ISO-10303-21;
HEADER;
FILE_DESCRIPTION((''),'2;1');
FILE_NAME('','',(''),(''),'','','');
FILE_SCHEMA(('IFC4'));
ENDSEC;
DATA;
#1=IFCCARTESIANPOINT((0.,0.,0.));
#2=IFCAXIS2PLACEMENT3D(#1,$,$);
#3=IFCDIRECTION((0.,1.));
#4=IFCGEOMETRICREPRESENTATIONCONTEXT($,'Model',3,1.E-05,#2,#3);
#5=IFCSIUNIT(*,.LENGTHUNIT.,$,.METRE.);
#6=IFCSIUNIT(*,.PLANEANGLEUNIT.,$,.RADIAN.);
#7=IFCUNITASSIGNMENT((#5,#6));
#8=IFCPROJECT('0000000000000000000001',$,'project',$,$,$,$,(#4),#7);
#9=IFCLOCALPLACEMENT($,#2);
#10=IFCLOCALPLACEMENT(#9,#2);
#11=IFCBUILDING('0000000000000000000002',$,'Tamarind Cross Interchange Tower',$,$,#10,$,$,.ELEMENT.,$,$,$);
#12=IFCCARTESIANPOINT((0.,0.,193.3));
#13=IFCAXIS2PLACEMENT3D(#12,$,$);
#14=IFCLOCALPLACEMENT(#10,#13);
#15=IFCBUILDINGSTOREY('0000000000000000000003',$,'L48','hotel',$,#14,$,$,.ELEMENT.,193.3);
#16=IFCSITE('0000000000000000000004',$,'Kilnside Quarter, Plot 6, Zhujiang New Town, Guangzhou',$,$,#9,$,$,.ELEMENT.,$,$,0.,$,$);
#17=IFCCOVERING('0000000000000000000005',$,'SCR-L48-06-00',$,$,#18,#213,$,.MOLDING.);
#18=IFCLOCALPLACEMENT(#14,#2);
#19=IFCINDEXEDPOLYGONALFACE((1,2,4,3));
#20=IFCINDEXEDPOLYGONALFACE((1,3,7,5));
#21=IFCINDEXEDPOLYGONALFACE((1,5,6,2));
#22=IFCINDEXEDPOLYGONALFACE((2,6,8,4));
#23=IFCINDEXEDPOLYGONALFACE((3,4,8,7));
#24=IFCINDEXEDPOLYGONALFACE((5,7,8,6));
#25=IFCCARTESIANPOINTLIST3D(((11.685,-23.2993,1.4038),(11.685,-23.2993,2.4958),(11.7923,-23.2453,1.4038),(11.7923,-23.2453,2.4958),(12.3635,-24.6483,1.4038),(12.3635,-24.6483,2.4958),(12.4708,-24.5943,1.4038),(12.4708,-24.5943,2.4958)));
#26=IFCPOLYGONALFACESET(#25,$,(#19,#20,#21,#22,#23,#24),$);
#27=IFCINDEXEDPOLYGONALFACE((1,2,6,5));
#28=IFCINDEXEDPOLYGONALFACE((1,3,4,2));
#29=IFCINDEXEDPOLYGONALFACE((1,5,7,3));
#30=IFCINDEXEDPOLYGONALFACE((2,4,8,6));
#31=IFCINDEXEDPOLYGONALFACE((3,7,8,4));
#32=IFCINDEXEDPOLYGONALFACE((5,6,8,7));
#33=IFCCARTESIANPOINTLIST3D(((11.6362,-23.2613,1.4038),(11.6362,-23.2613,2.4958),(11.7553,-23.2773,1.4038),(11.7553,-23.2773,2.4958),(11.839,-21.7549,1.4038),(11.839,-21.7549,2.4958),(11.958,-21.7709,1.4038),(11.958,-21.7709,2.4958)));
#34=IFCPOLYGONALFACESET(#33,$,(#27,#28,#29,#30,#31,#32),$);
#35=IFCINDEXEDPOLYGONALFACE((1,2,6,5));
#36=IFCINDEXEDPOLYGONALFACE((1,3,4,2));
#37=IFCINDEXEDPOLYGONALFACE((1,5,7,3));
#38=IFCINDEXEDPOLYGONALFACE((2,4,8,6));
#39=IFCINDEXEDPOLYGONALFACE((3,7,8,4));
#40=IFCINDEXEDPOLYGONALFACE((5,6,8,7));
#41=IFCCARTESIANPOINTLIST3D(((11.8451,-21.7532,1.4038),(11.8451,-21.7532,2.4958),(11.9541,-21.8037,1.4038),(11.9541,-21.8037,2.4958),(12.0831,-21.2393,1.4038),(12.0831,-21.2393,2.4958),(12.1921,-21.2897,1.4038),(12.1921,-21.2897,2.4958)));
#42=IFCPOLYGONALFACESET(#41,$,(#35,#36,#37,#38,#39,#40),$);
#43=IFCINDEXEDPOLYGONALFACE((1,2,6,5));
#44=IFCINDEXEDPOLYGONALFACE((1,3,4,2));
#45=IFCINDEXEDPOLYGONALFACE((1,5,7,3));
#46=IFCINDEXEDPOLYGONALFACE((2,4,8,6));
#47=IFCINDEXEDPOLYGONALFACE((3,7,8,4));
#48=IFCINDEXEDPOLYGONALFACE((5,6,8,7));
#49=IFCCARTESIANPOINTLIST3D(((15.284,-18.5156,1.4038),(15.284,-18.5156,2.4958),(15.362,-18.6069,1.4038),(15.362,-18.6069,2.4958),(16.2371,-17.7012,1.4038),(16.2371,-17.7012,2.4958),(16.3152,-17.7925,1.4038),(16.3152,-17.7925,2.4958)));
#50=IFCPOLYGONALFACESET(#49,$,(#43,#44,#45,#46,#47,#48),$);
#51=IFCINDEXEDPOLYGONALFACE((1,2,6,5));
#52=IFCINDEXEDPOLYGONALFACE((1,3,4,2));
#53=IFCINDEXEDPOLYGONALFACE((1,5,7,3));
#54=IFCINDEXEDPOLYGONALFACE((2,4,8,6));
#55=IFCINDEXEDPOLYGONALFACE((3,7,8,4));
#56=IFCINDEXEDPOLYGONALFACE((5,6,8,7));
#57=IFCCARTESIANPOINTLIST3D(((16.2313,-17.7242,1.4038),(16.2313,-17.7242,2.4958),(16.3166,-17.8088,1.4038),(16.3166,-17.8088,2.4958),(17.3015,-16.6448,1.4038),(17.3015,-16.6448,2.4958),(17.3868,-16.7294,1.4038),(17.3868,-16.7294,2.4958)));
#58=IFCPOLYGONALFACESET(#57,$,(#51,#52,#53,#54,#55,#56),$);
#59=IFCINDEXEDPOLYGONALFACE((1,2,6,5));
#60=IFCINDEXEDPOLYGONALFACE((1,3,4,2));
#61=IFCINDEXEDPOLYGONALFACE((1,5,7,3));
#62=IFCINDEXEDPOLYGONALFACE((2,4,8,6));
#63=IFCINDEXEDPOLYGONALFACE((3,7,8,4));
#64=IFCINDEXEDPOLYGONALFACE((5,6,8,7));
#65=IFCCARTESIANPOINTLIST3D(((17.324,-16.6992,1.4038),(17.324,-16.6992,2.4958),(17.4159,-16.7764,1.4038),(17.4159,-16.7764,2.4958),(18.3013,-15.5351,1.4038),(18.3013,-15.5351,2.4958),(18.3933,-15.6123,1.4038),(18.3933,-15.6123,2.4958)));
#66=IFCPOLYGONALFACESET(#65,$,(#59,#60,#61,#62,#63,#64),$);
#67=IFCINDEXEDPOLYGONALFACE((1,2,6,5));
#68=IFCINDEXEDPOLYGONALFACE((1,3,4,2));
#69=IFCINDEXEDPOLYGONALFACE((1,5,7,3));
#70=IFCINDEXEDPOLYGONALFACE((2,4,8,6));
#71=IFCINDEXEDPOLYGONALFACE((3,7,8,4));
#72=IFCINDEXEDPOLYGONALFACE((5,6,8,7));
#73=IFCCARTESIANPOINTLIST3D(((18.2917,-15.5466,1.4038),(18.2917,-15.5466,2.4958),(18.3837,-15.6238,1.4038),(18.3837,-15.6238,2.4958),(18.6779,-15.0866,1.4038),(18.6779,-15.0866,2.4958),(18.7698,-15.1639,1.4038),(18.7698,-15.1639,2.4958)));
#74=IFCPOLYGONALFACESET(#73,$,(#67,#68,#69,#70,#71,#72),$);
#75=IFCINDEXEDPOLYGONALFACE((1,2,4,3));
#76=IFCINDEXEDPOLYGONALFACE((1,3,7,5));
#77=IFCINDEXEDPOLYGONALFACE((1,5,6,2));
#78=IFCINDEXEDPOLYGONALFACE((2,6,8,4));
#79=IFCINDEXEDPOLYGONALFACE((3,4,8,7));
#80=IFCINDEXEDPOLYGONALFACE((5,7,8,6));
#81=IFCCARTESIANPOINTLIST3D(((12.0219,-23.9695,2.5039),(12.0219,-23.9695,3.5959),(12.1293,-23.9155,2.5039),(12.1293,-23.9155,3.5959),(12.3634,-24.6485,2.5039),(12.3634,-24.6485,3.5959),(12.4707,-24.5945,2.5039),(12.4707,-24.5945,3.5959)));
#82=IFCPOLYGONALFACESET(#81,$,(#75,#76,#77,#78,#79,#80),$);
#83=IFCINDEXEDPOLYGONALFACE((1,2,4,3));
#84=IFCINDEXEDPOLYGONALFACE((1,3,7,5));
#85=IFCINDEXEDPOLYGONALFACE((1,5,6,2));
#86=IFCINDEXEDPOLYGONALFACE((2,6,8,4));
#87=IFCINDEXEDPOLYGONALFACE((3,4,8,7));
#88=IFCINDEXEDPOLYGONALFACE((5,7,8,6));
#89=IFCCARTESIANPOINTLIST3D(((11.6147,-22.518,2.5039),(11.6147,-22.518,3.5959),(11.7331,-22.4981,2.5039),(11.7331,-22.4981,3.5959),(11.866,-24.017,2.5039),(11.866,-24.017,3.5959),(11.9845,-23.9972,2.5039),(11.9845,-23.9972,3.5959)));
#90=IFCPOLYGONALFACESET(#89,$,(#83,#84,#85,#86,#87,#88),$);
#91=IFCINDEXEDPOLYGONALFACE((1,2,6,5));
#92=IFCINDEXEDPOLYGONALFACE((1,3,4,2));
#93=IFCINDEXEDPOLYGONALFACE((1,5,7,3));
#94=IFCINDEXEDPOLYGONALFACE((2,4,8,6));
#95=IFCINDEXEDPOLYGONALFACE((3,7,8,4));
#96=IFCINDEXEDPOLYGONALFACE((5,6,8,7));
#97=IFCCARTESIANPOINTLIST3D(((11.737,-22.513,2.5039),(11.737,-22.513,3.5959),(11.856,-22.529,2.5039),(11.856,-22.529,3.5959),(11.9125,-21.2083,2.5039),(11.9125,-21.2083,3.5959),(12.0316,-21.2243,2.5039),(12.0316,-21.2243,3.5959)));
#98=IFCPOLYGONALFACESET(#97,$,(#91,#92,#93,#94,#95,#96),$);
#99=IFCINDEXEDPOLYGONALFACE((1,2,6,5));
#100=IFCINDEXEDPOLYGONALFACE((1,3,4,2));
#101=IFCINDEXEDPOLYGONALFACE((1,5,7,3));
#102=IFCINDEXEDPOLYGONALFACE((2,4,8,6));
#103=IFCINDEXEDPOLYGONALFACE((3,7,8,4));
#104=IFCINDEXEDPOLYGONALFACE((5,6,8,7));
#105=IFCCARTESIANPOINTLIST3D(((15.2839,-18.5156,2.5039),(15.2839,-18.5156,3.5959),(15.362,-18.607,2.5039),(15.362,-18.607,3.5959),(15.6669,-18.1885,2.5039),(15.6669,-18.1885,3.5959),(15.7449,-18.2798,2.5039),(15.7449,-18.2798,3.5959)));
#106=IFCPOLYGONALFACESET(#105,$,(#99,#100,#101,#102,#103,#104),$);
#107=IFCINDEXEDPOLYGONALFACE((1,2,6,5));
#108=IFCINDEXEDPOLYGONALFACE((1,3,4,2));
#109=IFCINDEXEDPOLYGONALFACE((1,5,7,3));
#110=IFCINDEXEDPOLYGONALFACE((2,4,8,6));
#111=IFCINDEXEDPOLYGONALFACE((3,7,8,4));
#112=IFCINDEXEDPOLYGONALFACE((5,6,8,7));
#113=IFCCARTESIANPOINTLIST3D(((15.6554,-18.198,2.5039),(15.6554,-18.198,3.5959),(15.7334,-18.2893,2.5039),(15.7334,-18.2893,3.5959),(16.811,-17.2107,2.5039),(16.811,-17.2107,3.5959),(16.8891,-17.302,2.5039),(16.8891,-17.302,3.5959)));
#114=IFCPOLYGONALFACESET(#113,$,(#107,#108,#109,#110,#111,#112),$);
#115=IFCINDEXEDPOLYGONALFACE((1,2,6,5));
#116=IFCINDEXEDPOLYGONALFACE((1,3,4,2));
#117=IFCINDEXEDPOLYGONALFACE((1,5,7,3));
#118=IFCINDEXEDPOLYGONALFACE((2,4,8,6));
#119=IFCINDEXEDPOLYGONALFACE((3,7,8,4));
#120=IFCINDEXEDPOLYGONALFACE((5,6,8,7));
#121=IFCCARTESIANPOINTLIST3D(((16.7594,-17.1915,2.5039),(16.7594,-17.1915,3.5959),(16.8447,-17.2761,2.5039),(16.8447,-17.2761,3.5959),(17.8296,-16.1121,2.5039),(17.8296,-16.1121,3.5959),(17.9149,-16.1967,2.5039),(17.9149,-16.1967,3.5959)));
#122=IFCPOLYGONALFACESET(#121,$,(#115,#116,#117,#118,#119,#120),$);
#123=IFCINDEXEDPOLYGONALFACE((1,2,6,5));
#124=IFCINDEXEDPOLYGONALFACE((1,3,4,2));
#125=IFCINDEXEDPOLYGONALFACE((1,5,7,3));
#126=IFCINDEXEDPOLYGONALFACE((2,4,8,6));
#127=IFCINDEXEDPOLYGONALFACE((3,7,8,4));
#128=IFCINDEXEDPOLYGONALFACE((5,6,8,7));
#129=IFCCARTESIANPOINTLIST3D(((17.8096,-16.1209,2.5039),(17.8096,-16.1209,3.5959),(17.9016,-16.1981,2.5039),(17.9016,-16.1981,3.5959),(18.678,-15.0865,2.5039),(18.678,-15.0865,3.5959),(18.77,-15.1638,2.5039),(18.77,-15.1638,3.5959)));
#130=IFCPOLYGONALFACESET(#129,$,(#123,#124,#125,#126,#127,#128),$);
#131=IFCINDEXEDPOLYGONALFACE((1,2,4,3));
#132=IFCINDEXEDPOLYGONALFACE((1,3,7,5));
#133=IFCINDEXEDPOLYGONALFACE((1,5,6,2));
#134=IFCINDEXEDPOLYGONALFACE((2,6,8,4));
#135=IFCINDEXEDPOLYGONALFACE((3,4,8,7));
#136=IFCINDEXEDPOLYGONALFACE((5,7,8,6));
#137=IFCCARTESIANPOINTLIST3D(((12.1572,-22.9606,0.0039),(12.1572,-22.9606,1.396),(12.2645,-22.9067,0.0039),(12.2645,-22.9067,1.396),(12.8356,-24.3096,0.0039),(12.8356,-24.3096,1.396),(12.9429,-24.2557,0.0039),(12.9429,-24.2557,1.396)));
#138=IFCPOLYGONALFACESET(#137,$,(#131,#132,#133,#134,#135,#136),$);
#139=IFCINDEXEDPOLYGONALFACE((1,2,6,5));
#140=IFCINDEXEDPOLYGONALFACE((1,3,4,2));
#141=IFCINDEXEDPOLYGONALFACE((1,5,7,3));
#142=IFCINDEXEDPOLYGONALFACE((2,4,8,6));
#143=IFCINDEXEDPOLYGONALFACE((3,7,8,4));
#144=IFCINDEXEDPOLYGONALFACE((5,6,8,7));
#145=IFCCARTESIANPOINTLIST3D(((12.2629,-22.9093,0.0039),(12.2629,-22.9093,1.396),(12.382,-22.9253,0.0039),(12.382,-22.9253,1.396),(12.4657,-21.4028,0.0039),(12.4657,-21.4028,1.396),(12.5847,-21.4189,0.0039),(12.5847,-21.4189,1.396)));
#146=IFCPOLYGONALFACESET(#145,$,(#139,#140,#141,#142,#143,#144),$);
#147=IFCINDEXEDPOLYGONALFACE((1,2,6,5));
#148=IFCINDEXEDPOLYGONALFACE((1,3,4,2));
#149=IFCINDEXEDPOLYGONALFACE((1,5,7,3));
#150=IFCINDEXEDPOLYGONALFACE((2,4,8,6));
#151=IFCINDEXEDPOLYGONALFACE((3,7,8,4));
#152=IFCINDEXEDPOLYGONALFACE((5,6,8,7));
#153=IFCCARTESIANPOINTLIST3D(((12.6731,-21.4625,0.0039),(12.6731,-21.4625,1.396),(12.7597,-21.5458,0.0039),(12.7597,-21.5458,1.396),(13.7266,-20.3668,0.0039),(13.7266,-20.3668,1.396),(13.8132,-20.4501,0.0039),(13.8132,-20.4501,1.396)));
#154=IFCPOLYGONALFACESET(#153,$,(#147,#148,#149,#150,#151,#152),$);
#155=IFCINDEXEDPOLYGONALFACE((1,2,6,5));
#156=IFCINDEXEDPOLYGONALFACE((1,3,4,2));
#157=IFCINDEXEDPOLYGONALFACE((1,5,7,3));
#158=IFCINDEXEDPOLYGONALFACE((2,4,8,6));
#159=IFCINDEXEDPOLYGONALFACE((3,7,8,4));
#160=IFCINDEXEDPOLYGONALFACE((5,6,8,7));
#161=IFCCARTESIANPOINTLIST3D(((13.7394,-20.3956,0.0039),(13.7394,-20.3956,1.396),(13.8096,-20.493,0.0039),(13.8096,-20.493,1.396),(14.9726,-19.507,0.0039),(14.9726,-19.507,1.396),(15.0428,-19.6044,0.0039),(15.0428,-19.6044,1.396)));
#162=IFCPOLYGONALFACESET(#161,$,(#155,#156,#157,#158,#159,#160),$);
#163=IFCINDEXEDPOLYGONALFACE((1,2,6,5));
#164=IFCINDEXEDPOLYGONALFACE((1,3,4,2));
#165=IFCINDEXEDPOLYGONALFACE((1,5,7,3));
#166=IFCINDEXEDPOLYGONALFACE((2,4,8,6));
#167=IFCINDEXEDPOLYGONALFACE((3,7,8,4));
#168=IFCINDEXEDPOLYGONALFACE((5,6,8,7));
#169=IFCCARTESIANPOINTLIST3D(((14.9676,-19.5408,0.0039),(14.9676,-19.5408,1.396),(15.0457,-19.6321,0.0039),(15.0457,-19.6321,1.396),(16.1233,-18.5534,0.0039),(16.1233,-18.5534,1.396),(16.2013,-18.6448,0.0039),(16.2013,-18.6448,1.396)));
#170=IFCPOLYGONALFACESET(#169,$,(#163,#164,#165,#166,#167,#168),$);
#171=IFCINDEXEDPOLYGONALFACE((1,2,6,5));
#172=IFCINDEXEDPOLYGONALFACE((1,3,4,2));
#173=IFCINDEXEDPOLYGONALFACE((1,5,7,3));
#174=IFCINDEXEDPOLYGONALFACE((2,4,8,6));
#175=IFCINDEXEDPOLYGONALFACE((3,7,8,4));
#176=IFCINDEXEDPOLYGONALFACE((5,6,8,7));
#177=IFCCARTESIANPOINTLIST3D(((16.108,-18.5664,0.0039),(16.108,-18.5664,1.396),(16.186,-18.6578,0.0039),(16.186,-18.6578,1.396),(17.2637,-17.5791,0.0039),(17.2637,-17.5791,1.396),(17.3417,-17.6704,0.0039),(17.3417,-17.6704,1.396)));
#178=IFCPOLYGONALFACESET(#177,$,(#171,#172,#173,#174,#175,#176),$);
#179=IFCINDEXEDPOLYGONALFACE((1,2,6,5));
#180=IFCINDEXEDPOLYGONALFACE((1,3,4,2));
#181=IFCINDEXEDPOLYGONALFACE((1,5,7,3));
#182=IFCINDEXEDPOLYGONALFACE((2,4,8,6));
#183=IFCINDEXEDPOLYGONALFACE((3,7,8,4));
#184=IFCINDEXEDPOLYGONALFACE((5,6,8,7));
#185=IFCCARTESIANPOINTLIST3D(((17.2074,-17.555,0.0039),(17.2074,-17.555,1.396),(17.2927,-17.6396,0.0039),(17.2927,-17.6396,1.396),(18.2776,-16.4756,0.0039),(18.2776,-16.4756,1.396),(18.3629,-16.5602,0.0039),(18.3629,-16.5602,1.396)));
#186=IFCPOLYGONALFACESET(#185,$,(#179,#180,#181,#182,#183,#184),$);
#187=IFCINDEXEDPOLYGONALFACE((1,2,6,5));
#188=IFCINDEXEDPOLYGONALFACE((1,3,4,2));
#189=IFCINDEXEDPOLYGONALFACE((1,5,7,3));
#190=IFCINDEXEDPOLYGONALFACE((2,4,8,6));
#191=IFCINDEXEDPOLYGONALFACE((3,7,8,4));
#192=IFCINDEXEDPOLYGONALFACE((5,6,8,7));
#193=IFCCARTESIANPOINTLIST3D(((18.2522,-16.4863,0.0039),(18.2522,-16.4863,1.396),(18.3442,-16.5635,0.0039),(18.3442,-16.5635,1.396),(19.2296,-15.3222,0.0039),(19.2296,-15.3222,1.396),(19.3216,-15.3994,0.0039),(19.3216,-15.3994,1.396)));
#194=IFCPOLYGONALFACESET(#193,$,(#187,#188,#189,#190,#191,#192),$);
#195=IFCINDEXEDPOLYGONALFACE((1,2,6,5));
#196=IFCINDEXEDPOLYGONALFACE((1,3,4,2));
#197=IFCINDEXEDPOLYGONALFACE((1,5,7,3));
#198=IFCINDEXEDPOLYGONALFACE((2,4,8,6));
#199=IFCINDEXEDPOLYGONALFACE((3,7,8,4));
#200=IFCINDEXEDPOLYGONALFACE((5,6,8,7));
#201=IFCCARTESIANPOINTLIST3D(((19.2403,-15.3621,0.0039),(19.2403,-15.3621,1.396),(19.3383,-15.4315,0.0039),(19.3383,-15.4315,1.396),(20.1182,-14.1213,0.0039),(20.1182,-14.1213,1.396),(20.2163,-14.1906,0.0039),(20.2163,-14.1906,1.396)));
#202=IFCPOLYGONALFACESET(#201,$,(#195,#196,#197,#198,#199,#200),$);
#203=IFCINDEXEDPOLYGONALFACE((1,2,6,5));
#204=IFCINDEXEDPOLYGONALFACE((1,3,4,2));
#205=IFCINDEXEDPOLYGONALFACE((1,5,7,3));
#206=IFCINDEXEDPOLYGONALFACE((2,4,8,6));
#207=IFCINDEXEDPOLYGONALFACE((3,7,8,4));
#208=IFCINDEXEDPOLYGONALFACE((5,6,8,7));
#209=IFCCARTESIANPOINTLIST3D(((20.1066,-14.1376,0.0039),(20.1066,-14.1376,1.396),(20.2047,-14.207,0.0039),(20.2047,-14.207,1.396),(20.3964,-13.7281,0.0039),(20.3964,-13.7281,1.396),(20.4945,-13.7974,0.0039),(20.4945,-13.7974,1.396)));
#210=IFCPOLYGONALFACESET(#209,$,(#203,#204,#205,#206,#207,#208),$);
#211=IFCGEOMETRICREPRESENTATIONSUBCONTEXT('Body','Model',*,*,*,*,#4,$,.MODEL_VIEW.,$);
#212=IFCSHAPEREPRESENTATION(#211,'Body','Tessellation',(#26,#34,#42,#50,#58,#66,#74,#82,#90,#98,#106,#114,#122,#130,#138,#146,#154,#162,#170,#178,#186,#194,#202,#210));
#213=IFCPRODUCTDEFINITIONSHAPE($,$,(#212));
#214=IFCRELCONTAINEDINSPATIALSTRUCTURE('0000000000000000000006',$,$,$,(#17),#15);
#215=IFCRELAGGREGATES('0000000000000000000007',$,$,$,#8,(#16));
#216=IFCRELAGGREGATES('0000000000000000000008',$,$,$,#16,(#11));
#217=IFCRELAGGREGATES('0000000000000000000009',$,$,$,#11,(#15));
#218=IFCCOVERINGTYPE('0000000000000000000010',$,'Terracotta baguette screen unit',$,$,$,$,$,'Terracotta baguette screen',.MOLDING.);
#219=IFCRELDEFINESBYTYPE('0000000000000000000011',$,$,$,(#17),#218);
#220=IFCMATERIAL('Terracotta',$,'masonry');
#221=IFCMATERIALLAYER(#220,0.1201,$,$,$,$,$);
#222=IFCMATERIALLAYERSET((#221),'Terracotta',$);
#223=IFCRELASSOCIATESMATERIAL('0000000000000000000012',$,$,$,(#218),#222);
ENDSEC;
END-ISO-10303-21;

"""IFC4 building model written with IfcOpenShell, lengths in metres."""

from ifc_helpers import new_model, si_unit, direction, frame, origin, origin_2d, place, context, subcontext, project, spatial, rectangle, extrude, material, layer, layer_set, type_object, element, save


model = new_model("IFC4")

# Units and contexts
model_context = context("Model", 3, precision=1e-05, world=origin(), true_north=direction((0.0, 1.0)))
body_context = subcontext(model_context, "Body", "Model", "MODEL_VIEW")
ifc_project = project(units=[si_unit("LENGTHUNIT", "METRE"), si_unit("PLANEANGLEUNIT", "RADIAN")], contexts=[model_context])

# Site, building, storey
site_placement = place(None, origin())
site = spatial("IfcSite", under=ifc_project, at=site_placement, Name="Kilnside Quarter, Plot 6, Zhujiang New Town, Guangzhou", CompositionType="ELEMENT", RefElevation=0.0)
building_placement = place(site_placement, origin())
building = spatial("IfcBuilding", under=site, at=building_placement, Name="Tamarind Cross Interchange Tower", CompositionType="ELEMENT")
storey_placement = place(building_placement, frame((0.0, 0.0, 193.3)))
storey = spatial("IfcBuildingStorey", under=building, at=storey_placement, Name="L48", Description="hotel", CompositionType="ELEMENT", Elevation=193.3)

# Covering
ifc_material_1 = material(Name="Terracotta", Category="masonry")
ifc_layer_1 = layer(ifc_material_1, 0.1201)
ifc_layer_set_1 = layer_set([ifc_layer_1], Name="Terracotta")
covering_type = type_object("IfcCoveringType", Name="Terracotta baguette screen unit", ElementType="Terracotta baguette screen", PredefinedType="MOLDING", material=ifc_layer_set_1)
covering_1_placement = place(storey_placement, origin())
element("IfcCovering", 1, at=covering_1_placement, inside=storey, type_object=covering_type, Name="SCR-L48-06-00", PredefinedType="MOLDING", context=body_context, shape_type="SweptSolid", body=[
    extrude(rectangle(XDim=1.51, YDim=0.1201, at=origin_2d()), frame((12.0779, -23.9468, 1.4038), z_axis=(0.0, 0.0, 1.0), x_axis=(-0.449312, 0.893375, 0.0)), (0.0, 0.0, 1.0), 1.092),
    extrude(rectangle(XDim=1.52, YDim=0.1201, at=origin_2d()), frame((11.7971, -22.5161, 1.4038), z_axis=(0.0, 0.0, 1.0), x_axis=(0.133372, 0.991066, 0.0)), (0.0, 0.0, 1.0), 1.092),
    extrude(rectangle(XDim=0.5664, YDim=0.1201, at=origin_2d()), frame((12.0186, -21.5215, 1.4038), z_axis=(0.0, 0.0, 1.0), x_axis=(0.420188, 0.907437, 0.0)), (0.0, 0.0, 1.0), 1.092),
    extrude(rectangle(XDim=1.2537, YDim=0.1201, at=origin_2d()), frame((15.7996, -18.1541, 1.4038), z_axis=(0.0, 0.0, 1.0), x_axis=(0.760296, 0.649577, 0.0)), (0.0, 0.0, 1.0), 1.092),
    extrude(rectangle(XDim=1.52, YDim=0.1201, at=origin_2d()), frame((16.8091, -17.2268, 1.4038), z_axis=(0.0, 0.0, 1.0), x_axis=(0.704057, 0.710143, 0.0)), (0.0, 0.0, 1.0), 1.092),
    extrude(rectangle(XDim=1.52, YDim=0.1201, at=origin_2d()), frame((17.8586, -16.1558, 1.4038), z_axis=(0.0, 0.0, 1.0), x_axis=(0.643009, 0.765858, 0.0)), (0.0, 0.0, 1.0), 1.092),
    extrude(rectangle(XDim=0.6006, YDim=0.1201, at=origin_2d()), frame((18.5308, -15.3552, 1.4038), z_axis=(0.0, 0.0, 1.0), x_axis=(0.643009, 0.765858, 0.0)), (0.0, 0.0, 1.0), 1.092),
    extrude(rectangle(XDim=0.76, YDim=0.1201, at=origin_2d()), frame((12.2463, -24.282, 2.5039), z_axis=(0.0, 0.0, 1.0), x_axis=(-0.449312, 0.893375, 0.0)), (0.0, 0.0, 1.0), 1.092),
    extrude(rectangle(XDim=1.52, YDim=0.1201, at=origin_2d()), frame((11.7996, -23.2576, 2.5039), z_axis=(0.0, 0.0, 1.0), x_axis=(-0.16535, 0.986235, 0.0)), (0.0, 0.0, 1.0), 1.092),
    extrude(rectangle(XDim=1.3164, YDim=0.1201, at=origin_2d()), frame((11.8843, -21.8687, 2.5039), z_axis=(0.0, 0.0, 1.0), x_axis=(0.133372, 0.991066, 0.0)), (0.0, 0.0, 1.0), 1.092),
    extrude(rectangle(XDim=0.5037, YDim=0.1201, at=origin_2d()), frame((15.5144, -18.3977, 2.5039), z_axis=(0.0, 0.0, 1.0), x_axis=(0.760296, 0.649577, 0.0)), (0.0, 0.0, 1.0), 1.092),
    extrude(rectangle(XDim=1.52, YDim=0.1201, at=origin_2d()), frame((16.2722, -17.75, 2.5039), z_axis=(0.0, 0.0, 1.0), x_axis=(0.760296, 0.649577, 0.0)), (0.0, 0.0, 1.0), 1.092),
    extrude(rectangle(XDim=1.52, YDim=0.1201, at=origin_2d()), frame((17.3372, -16.6941, 2.5039), z_axis=(0.0, 0.0, 1.0), x_axis=(0.704057, 0.710143, 0.0)), (0.0, 0.0, 1.0), 1.092),
    extrude(rectangle(XDim=1.3506, YDim=0.1201, at=origin_2d()), frame((18.2898, -15.6423, 2.5039), z_axis=(0.0, 0.0, 1.0), x_axis=(0.643009, 0.765858, 0.0)), (0.0, 0.0, 1.0), 1.092),
    extrude(rectangle(XDim=1.51, YDim=0.1201, at=origin_2d()), frame((12.55, -23.6082, 0.0039), z_axis=(0.0, 0.0, 1.0), x_axis=(-0.449312, 0.893375, 0.0)), (0.0, 0.0, 1.0), 1.3921),
    extrude(rectangle(XDim=1.52, YDim=0.1201, at=origin_2d()), frame((12.4238, -22.1641, 0.0039), z_axis=(0.0, 0.0, 1.0), x_axis=(0.133372, 0.991066, 0.0)), (0.0, 0.0, 1.0), 1.3921),
    extrude(rectangle(XDim=1.52, YDim=0.1201, at=origin_2d()), frame((13.2432, -20.9563, 0.0039), z_axis=(0.0, 0.0, 1.0), x_axis=(0.693084, 0.720856, 0.0)), (0.0, 0.0, 1.0), 1.3921),
    extrude(rectangle(XDim=1.52, YDim=0.1201, at=origin_2d()), frame((14.3911, -20.0, 0.0039), z_axis=(0.0, 0.0, 1.0), x_axis=(0.81134, 0.584574, 0.0)), (0.0, 0.0, 1.0), 1.3921),
    extrude(rectangle(XDim=1.52, YDim=0.1201, at=origin_2d()), frame((15.5845, -19.0928, 0.0039), z_axis=(0.0, 0.0, 1.0), x_axis=(0.760296, 0.649577, 0.0)), (0.0, 0.0, 1.0), 1.3921),
    extrude(rectangle(XDim=1.52, YDim=0.1201, at=origin_2d()), frame((16.7249, -18.1184, 0.0039), z_axis=(0.0, 0.0, 1.0), x_axis=(0.760296, 0.649577, 0.0)), (0.0, 0.0, 1.0), 1.3921),
    extrude(rectangle(XDim=1.52, YDim=0.1201, at=origin_2d()), frame((17.7852, -17.0576, 0.0039), z_axis=(0.0, 0.0, 1.0), x_axis=(0.704057, 0.710143, 0.0)), (0.0, 0.0, 1.0), 1.3921),
    extrude(rectangle(XDim=1.52, YDim=0.1201, at=origin_2d()), frame((18.7869, -15.9429, 0.0039), z_axis=(0.0, 0.0, 1.0), x_axis=(0.643009, 0.765858, 0.0)), (0.0, 0.0, 1.0), 1.3921),
    extrude(rectangle(XDim=1.52, YDim=0.1201, at=origin_2d()), frame((19.7283, -14.7764, 0.0039), z_axis=(0.0, 0.0, 1.0), x_axis=(0.577569, 0.816342, 0.0)), (0.0, 0.0, 1.0), 1.3921),
    extrude(rectangle(XDim=0.5017, YDim=0.1201, at=origin_2d()), frame((20.3005, -13.9675, 0.0039), z_axis=(0.0, 0.0, 1.0), x_axis=(0.577569, 0.816342, 0.0)), (0.0, 0.0, 1.0), 1.3921),
])

save(model, "model.ifc")
